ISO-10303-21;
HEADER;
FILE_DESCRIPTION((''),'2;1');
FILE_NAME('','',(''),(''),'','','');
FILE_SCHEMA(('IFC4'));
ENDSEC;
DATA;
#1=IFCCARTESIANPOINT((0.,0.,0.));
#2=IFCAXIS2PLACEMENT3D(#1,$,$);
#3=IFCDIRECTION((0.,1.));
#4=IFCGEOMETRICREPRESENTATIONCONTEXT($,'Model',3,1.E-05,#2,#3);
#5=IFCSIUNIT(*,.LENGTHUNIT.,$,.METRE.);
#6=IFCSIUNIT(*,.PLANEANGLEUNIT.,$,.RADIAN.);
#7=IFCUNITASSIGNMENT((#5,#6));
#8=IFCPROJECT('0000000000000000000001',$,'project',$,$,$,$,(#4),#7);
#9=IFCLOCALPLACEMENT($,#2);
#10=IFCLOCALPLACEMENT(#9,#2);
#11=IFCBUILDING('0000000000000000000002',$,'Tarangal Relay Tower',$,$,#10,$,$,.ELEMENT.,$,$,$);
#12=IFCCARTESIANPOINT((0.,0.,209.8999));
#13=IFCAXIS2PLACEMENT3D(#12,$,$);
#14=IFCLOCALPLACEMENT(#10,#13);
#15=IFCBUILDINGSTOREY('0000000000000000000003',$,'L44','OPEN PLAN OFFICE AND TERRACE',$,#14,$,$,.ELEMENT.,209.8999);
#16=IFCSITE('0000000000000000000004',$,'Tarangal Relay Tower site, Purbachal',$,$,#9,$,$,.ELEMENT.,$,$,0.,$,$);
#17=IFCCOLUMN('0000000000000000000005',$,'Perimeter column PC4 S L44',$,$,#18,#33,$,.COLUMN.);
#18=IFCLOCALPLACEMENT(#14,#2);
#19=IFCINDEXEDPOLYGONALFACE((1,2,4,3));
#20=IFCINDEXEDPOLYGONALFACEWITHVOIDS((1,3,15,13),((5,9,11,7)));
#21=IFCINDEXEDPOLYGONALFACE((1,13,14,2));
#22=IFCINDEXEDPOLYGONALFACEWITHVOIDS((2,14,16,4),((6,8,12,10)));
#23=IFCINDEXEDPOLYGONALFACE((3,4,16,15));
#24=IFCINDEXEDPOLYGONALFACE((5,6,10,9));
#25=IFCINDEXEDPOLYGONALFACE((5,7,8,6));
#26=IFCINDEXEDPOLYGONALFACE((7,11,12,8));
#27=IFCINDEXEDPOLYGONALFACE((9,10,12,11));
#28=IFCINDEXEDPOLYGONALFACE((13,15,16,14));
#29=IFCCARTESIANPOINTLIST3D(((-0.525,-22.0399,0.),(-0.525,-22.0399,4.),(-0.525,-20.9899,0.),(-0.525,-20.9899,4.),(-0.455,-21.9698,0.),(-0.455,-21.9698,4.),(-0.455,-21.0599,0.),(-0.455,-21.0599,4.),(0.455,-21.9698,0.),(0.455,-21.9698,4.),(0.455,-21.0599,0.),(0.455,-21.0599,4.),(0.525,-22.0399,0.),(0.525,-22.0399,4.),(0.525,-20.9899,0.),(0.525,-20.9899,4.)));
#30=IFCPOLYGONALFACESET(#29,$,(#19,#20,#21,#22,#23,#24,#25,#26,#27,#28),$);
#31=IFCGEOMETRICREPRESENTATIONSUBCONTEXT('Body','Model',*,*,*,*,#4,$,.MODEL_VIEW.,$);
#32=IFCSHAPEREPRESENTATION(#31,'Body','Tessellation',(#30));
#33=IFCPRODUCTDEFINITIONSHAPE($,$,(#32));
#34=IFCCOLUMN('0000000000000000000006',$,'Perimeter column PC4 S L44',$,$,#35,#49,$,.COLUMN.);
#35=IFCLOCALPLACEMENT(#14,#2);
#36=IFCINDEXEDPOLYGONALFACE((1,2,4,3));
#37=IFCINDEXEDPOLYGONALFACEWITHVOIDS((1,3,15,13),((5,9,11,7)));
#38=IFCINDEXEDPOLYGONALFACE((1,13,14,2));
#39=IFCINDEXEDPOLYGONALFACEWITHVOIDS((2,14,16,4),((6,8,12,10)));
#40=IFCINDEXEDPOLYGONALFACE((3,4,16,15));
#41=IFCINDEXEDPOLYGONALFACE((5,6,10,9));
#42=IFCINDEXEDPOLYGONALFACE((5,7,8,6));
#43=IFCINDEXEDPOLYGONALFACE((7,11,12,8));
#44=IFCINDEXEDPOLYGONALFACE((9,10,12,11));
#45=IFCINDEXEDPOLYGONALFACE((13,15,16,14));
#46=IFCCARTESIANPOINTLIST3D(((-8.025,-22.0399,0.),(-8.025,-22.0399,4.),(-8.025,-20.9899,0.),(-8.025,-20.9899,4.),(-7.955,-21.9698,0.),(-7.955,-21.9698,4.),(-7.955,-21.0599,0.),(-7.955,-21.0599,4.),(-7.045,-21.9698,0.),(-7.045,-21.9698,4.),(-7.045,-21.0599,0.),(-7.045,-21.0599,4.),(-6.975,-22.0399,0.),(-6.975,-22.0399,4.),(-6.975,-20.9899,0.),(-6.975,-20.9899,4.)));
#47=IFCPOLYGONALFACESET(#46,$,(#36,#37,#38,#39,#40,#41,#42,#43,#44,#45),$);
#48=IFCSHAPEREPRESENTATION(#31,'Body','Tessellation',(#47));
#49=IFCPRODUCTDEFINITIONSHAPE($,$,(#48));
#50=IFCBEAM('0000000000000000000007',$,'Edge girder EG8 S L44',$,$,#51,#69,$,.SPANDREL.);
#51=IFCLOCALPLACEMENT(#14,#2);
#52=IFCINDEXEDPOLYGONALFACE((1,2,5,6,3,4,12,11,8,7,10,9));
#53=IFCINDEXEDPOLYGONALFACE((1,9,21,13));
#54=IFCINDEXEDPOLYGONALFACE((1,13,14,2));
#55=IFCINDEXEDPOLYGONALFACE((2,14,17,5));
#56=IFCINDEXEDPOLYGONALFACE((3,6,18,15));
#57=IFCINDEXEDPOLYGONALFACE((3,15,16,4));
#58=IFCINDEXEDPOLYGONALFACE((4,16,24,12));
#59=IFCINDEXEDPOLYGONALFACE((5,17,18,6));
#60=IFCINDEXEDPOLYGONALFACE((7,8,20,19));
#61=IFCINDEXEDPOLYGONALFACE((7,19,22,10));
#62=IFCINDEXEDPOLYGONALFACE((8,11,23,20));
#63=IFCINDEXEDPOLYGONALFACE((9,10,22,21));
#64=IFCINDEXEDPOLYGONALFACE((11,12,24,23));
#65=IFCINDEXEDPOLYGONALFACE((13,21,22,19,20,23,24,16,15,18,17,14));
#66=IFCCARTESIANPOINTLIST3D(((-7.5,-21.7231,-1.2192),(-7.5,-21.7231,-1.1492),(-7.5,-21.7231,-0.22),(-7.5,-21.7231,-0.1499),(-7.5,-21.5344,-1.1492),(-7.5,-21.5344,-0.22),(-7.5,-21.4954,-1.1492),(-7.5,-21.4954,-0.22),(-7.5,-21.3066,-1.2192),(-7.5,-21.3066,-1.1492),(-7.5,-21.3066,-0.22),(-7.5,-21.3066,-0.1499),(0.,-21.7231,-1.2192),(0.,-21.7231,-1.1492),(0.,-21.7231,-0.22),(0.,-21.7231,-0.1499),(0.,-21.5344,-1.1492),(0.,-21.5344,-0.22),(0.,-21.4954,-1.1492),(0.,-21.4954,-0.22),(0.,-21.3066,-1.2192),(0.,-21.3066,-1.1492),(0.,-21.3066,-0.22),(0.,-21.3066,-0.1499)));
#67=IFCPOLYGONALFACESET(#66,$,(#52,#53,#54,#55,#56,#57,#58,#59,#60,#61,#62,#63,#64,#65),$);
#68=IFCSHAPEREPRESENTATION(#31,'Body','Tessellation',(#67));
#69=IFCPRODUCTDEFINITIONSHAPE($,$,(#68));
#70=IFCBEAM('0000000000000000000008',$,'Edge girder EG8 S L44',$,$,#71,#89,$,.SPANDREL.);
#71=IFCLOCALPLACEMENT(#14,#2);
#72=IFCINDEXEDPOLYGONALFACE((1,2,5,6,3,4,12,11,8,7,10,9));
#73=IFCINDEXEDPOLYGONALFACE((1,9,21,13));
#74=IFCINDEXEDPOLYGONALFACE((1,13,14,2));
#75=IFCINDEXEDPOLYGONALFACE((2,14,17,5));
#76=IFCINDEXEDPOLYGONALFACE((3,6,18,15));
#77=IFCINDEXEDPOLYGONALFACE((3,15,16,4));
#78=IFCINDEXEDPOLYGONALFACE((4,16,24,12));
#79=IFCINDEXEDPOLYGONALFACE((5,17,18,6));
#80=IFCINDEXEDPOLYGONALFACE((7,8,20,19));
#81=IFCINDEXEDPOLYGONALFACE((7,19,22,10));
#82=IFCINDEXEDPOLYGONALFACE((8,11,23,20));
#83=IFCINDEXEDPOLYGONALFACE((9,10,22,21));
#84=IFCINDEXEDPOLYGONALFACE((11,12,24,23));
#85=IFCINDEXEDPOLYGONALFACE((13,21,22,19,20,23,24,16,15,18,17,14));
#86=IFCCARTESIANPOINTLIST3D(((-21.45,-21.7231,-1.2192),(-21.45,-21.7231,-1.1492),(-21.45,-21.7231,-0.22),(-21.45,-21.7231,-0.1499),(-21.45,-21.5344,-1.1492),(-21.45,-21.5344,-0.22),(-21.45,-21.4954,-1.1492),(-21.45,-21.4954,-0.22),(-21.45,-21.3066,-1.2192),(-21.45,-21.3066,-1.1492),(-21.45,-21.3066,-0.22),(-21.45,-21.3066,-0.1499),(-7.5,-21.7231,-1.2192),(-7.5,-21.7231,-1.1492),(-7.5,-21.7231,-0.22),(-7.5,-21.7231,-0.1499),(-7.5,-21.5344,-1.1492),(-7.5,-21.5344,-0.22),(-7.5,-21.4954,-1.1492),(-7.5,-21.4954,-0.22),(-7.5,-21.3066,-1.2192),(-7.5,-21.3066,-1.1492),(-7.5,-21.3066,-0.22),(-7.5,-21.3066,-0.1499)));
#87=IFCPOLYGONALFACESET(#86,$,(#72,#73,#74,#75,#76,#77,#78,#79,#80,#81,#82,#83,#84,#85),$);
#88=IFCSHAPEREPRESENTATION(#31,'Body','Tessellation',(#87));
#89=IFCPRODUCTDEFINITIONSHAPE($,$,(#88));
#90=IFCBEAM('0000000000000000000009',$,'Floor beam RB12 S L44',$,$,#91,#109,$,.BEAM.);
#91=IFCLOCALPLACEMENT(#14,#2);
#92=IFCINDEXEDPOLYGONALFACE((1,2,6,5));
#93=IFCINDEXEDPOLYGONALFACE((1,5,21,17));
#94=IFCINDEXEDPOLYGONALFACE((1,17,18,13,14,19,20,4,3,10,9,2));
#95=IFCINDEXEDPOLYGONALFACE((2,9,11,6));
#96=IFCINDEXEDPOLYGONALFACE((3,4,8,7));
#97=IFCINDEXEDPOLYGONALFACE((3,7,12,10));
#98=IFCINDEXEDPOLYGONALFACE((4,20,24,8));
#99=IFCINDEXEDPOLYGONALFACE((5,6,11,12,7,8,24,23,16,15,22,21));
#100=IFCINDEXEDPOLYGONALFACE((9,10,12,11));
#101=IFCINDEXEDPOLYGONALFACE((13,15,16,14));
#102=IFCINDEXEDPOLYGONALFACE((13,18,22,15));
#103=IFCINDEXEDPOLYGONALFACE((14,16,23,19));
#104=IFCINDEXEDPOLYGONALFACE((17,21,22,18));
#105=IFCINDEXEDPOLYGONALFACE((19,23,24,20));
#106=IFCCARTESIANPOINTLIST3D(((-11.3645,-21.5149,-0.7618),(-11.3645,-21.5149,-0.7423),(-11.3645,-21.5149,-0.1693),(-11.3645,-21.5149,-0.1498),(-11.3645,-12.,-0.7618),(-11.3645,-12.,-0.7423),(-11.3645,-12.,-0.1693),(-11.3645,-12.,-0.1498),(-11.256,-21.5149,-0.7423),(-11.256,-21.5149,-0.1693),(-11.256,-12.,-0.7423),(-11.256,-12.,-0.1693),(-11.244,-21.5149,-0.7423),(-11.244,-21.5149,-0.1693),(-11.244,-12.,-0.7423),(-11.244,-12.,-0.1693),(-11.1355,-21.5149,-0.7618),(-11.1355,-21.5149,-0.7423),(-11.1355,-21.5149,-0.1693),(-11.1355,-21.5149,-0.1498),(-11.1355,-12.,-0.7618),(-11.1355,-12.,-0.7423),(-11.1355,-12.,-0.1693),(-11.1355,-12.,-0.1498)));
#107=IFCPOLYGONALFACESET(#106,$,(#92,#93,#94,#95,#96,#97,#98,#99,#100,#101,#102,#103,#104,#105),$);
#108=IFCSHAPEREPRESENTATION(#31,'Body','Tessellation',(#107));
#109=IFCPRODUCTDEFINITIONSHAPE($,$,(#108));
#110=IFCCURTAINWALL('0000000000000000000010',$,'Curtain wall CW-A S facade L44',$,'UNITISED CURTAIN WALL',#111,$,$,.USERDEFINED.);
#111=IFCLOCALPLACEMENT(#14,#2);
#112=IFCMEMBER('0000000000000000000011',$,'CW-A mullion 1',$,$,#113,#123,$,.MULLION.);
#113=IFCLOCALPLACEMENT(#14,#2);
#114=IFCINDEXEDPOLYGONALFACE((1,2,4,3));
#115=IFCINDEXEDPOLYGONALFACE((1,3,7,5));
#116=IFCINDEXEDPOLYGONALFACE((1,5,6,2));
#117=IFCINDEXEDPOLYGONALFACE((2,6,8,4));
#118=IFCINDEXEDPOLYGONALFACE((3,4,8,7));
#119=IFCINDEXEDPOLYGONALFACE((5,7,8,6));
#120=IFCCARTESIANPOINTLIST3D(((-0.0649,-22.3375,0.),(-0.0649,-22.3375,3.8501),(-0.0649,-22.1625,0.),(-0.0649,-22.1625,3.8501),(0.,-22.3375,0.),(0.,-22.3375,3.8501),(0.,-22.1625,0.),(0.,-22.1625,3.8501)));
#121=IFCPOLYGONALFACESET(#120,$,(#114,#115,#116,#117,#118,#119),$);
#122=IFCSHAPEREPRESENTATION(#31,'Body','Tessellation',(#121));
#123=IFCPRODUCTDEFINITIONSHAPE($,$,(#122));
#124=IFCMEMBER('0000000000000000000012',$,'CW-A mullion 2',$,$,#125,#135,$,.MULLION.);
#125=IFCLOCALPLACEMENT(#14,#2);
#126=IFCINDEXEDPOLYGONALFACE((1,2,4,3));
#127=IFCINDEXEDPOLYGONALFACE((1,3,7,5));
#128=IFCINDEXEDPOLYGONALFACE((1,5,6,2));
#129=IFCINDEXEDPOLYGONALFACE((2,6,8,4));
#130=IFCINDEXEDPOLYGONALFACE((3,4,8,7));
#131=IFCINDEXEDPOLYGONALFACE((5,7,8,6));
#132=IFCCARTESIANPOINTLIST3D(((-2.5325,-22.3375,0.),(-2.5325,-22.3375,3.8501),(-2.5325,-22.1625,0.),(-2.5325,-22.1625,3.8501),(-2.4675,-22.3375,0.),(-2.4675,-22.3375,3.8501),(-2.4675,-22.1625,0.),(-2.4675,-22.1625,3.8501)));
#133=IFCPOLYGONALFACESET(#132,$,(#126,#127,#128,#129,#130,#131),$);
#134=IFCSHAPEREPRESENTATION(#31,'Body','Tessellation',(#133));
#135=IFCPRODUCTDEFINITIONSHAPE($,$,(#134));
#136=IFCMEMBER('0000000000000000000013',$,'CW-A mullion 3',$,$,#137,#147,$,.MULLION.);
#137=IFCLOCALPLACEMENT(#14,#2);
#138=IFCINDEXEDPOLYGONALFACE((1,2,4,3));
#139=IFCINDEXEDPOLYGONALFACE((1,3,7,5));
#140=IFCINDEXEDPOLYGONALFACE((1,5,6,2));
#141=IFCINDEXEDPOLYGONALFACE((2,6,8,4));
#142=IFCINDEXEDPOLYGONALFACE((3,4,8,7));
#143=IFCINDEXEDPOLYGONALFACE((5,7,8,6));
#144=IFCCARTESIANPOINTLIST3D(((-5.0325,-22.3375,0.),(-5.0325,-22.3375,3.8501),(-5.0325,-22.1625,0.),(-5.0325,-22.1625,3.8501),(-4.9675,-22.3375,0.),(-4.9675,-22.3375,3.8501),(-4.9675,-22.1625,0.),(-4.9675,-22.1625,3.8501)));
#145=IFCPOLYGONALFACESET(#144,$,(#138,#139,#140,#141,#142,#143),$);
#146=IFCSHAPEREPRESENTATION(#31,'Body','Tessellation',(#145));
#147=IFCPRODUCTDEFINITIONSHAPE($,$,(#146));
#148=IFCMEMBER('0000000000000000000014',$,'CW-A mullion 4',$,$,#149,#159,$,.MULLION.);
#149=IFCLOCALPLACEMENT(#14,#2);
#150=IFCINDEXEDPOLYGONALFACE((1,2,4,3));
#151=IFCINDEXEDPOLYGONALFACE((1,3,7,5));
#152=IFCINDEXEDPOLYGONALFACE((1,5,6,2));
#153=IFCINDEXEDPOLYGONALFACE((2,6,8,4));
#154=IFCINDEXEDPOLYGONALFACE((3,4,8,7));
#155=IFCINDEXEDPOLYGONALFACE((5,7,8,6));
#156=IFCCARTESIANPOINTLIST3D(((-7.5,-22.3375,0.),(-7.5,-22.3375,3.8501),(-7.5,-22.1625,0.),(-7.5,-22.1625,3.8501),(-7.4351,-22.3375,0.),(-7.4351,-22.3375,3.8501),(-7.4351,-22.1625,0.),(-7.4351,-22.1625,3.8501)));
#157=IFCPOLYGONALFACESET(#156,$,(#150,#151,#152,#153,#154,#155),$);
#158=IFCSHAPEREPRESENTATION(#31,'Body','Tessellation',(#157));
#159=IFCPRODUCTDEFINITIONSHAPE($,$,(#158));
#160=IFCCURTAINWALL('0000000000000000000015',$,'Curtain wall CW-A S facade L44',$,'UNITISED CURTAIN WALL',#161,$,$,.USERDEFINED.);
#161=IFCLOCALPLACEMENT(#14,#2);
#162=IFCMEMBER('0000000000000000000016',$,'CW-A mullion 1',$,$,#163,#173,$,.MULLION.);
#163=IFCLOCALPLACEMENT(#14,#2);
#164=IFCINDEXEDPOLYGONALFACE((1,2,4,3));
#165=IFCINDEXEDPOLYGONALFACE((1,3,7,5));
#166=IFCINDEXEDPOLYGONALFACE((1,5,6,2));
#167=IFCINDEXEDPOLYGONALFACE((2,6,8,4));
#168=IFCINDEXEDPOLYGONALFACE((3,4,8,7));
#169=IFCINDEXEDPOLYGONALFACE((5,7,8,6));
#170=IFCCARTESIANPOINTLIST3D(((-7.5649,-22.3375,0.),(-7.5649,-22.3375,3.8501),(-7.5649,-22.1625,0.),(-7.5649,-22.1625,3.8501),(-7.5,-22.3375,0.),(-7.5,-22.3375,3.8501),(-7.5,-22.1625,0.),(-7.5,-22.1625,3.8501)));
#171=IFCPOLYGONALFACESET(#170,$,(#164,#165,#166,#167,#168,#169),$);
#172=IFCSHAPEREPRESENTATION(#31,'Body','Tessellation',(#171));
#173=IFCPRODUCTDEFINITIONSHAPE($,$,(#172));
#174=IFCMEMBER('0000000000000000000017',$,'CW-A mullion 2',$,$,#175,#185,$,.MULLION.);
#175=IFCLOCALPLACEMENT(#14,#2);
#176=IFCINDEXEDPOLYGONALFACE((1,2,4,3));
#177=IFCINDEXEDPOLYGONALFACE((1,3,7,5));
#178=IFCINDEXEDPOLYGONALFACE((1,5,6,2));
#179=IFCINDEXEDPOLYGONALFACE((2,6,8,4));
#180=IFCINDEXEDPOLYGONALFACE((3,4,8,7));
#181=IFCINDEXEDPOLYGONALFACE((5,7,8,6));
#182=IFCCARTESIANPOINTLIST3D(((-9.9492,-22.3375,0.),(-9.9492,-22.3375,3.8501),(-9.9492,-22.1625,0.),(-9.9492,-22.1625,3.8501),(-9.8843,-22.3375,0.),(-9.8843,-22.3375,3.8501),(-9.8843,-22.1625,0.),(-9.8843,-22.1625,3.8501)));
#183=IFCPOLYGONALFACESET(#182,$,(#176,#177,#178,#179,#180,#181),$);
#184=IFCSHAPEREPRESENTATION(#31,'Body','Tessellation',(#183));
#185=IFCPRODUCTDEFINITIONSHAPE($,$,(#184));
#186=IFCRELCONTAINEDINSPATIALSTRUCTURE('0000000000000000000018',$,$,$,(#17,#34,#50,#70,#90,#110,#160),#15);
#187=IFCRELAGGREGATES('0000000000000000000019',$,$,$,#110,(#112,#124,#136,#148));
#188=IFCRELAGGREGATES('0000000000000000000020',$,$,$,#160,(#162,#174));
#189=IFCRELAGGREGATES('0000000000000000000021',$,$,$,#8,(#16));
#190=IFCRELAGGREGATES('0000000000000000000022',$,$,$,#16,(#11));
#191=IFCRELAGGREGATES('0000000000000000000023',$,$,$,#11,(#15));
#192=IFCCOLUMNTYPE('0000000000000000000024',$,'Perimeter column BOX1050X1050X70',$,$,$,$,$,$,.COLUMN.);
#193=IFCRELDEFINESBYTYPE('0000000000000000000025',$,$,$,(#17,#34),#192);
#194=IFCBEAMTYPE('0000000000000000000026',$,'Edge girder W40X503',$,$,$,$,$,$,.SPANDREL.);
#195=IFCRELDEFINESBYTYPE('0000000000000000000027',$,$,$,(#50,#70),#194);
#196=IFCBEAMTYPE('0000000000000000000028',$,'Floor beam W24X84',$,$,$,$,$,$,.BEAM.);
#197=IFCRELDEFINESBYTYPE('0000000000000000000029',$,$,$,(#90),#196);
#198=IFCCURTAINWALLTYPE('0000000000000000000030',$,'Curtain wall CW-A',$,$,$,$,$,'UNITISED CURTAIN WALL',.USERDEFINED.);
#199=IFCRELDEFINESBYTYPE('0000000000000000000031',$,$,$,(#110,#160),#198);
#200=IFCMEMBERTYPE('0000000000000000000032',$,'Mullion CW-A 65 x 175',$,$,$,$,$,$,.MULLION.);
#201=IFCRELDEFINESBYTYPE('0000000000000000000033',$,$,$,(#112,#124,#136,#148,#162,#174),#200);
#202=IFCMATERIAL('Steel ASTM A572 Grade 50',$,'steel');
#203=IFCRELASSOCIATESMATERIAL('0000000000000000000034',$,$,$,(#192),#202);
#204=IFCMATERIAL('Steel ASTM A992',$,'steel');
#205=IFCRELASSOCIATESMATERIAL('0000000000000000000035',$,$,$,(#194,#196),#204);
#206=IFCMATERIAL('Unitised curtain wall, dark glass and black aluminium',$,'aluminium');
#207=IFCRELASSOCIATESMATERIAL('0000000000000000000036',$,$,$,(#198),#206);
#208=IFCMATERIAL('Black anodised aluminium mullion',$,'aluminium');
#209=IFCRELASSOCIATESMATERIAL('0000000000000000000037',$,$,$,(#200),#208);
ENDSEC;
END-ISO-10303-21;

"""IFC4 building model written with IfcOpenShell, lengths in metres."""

from ifc_helpers import new_model, si_unit, direction, frame, origin, origin_2d, place, context, subcontext, project, spatial, rectangle, hollow_rectangle, i_section, extrude, material, material_profile, profile_set, type_object, element, aggregate, save


model = new_model("IFC4")

# Units and contexts
model_context = context("Model", 3, precision=1e-05, world=origin(), true_north=direction((0.0, 1.0)))
body_context = subcontext(model_context, "Body", "Model", "MODEL_VIEW")
ifc_project = project(units=[si_unit("LENGTHUNIT", "METRE"), si_unit("PLANEANGLEUNIT", "RADIAN")], contexts=[model_context])

# Site, building, storey
site_placement = place(None, origin())
site = spatial("IfcSite", under=ifc_project, at=site_placement, Name="Tarangal Relay Tower site, Purbachal", CompositionType="ELEMENT", RefElevation=0.0)
building_placement = place(site_placement, origin())
building = spatial("IfcBuilding", under=site, at=building_placement, Name="Tarangal Relay Tower", CompositionType="ELEMENT")
storey_placement = place(building_placement, frame((0.0, 0.0, 209.8999)))
storey = spatial("IfcBuildingStorey", under=building, at=storey_placement, Name="L44", Description="OPEN PLAN OFFICE AND TERRACE", CompositionType="ELEMENT", Elevation=209.8999)

# Columns
ifc_material_1 = material(Name="Steel ASTM A572 Grade 50", Category="steel")
ifc_material_profile_1 = material_profile(ifc_material_1, hollow_rectangle(XDim=1.05, YDim=1.05, WallThickness=0.0701, at=origin_2d()), Name="BOX1050X1050X70")
ifc_profile_set_1 = profile_set([ifc_material_profile_1], Name="Steel ASTM A572 Grade 50")
column_type = type_object("IfcColumnType", Name="Perimeter column BOX1050X1050X70", PredefinedType="COLUMN", material=ifc_profile_set_1)
for number, where, z_axis, x_axis, name in (
    (1, (0.0, -21.5149, 0.0), (0.0, 0.0, 1.0), (1.0, 0.0, 0.0), "Perimeter column PC4 S L44"),
    (2, (-7.5, -21.5149, 0.0), (0.0, 0.0, 1.0), (1.0, 0.0, 0.0), "Perimeter column PC4 S L44"),
):
    element("IfcColumn", number, at=place(storey_placement, frame(where, z_axis=z_axis, x_axis=x_axis)), inside=storey, type_object=column_type, Name=name, PredefinedType="COLUMN", context=body_context, shape_type="SweptSolid", body=[
        extrude(hollow_rectangle(XDim=1.05, YDim=1.05, WallThickness=0.0701, at=origin_2d()), origin(), (0.0, 0.0, 1.0), 4.0),
    ])

# Beams
ifc_material_2 = material(Name="Steel ASTM A992", Category="steel")
ifc_material_profile_2 = material_profile(ifc_material_2, i_section(OverallWidth=0.4165, OverallDepth=1.0693, WebThickness=0.0391, FlangeThickness=0.0701, at=origin_2d()), Name="W40X503")
ifc_profile_set_2 = profile_set([ifc_material_profile_2], Name="Steel ASTM A992")
beam_type_1 = type_object("IfcBeamType", Name="Edge girder W40X503", PredefinedType="SPANDREL", material=ifc_profile_set_2)
beam_1_placement = place(storey_placement, frame((0.0, -21.5149, -0.6846), z_axis=(-1.0, 0.0, 0.0), x_axis=(0.0, -1.0, 0.0)))
element("IfcBeam", 3, at=beam_1_placement, inside=storey, type_object=beam_type_1, Name="Edge girder EG8 S L44", PredefinedType="SPANDREL", context=body_context, shape_type="SweptSolid", body=[
    extrude(i_section(OverallWidth=0.4165, OverallDepth=1.0693, WebThickness=0.0391, FlangeThickness=0.0701, at=origin_2d()), origin(), (0.0, 0.0, 1.0), 7.5),
])
beam_2_placement = place(storey_placement, frame((-7.5, -21.5149, -0.6846), z_axis=(-1.0, 0.0, 0.0), x_axis=(0.0, -1.0, 0.0)))
element("IfcBeam", 4, at=beam_2_placement, inside=storey, type_object=beam_type_1, Name="Edge girder EG8 S L44", PredefinedType="SPANDREL", context=body_context, shape_type="SweptSolid", body=[
    extrude(i_section(OverallWidth=0.4165, OverallDepth=1.0693, WebThickness=0.0391, FlangeThickness=0.0701, at=origin_2d()), origin(), (0.0, 0.0, 1.0), 13.95),
])
ifc_material_profile_3 = material_profile(ifc_material_2, i_section(OverallWidth=0.229, OverallDepth=0.6121, WebThickness=0.012, FlangeThickness=0.0195, at=origin_2d()), Name="W24X84")
ifc_profile_set_3 = profile_set([ifc_material_profile_3], Name="Steel ASTM A992")
beam_type_2 = type_object("IfcBeamType", Name="Floor beam W24X84", PredefinedType="BEAM", material=ifc_profile_set_3)
beam_3_placement = place(storey_placement, frame((-11.25, -12.0, -0.4558), z_axis=(0.0, -1.0, 0.0), x_axis=(1.0, 0.0, 0.0)))
element("IfcBeam", 5, at=beam_3_placement, inside=storey, type_object=beam_type_2, Name="Floor beam RB12 S L44", PredefinedType="BEAM", context=body_context, shape_type="SweptSolid", body=[
    extrude(i_section(OverallWidth=0.229, OverallDepth=0.6121, WebThickness=0.012, FlangeThickness=0.0195, at=origin_2d()), origin(), (0.0, 0.0, 1.0), 9.5149),
])

# Curtain walls, members
ifc_material_3 = material(Name="Unitised curtain wall, dark glass and black aluminium", Category="aluminium")
curtain_wall_type = type_object("IfcCurtainWallType", Name="Curtain wall CW-A", ElementType="UNITISED CURTAIN WALL", PredefinedType="USERDEFINED", material=ifc_material_3)
curtain_wall_1_placement = place(storey_placement, origin())
curtain_wall_1 = element("IfcCurtainWall", 6, at=curtain_wall_1_placement, inside=storey, type_object=curtain_wall_type, Name="Curtain wall CW-A S facade L44", ObjectType="UNITISED CURTAIN WALL", PredefinedType="USERDEFINED")
ifc_material_4 = material(Name="Black anodised aluminium mullion", Category="aluminium")
ifc_material_profile_4 = material_profile(ifc_material_4, rectangle(XDim=0.175, YDim=0.0649, at=origin_2d()), Name="CW-AM 65X175")
ifc_profile_set_4 = profile_set([ifc_material_profile_4], Name="Black anodised aluminium mullion")
member_type_1 = type_object("IfcMemberType", Name="Mullion CW-A 65 x 175", PredefinedType="MULLION", material=ifc_profile_set_4)
member_1_placement = place(storey_placement, frame((-0.0325, -22.25, 0.0), z_axis=(0.0, 0.0, 1.0), x_axis=(0.0, -1.0, 0.0)))
member_1 = element("IfcMember", 7, at=member_1_placement, type_object=member_type_1, Name="CW-A mullion 1", PredefinedType="MULLION", context=body_context, shape_type="SweptSolid", body=[
    extrude(rectangle(XDim=0.175, YDim=0.0649, at=origin_2d()), origin(), (0.0, 0.0, 1.0), 3.8501),
])
member_2_placement = place(storey_placement, frame((-2.5, -22.25, 0.0), z_axis=(0.0, 0.0, 1.0), x_axis=(0.0, -1.0, 0.0)))
member_2 = element("IfcMember", 8, at=member_2_placement, type_object=member_type_1, Name="CW-A mullion 2", PredefinedType="MULLION", context=body_context, shape_type="SweptSolid", body=[
    extrude(rectangle(XDim=0.175, YDim=0.0649, at=origin_2d()), origin(), (0.0, 0.0, 1.0), 3.8501),
])
member_3_placement = place(storey_placement, frame((-5.0, -22.25, 0.0), z_axis=(0.0, 0.0, 1.0), x_axis=(0.0, -1.0, 0.0)))
member_3 = element("IfcMember", 9, at=member_3_placement, type_object=member_type_1, Name="CW-A mullion 3", PredefinedType="MULLION", context=body_context, shape_type="SweptSolid", body=[
    extrude(rectangle(XDim=0.175, YDim=0.0649, at=origin_2d()), origin(), (0.0, 0.0, 1.0), 3.8501),
])
member_4_placement = place(storey_placement, frame((-7.4675, -22.25, 0.0), z_axis=(0.0, 0.0, 1.0), x_axis=(0.0, -1.0, 0.0)))
member_4 = element("IfcMember", 10, at=member_4_placement, type_object=member_type_1, Name="CW-A mullion 4", PredefinedType="MULLION", context=body_context, shape_type="SweptSolid", body=[
    extrude(rectangle(XDim=0.175, YDim=0.0649, at=origin_2d()), origin(), (0.0, 0.0, 1.0), 3.8501),
])
curtain_wall_2_placement = place(storey_placement, origin())
curtain_wall_2 = element("IfcCurtainWall", 11, at=curtain_wall_2_placement, inside=storey, type_object=curtain_wall_type, Name="Curtain wall CW-A S facade L44", ObjectType="UNITISED CURTAIN WALL", PredefinedType="USERDEFINED")
member_5_placement = place(storey_placement, frame((-7.5325, -22.25, 0.0), z_axis=(0.0, 0.0, 1.0), x_axis=(0.0, -1.0, 0.0)))
member_5 = element("IfcMember", 12, at=member_5_placement, type_object=member_type_1, Name="CW-A mullion 1", PredefinedType="MULLION", context=body_context, shape_type="SweptSolid", body=[
    extrude(rectangle(XDim=0.175, YDim=0.0649, at=origin_2d()), origin(), (0.0, 0.0, 1.0), 3.8501),
])
member_6_placement = place(storey_placement, frame((-9.9167, -22.25, 0.0), z_axis=(0.0, 0.0, 1.0), x_axis=(0.0, -1.0, 0.0)))
member_6 = element("IfcMember", 13, at=member_6_placement, type_object=member_type_1, Name="CW-A mullion 2", PredefinedType="MULLION", context=body_context, shape_type="SweptSolid", body=[
    extrude(rectangle(XDim=0.175, YDim=0.0649, at=origin_2d()), origin(), (0.0, 0.0, 1.0), 3.8501),
])

aggregate(curtain_wall_1, [member_1, member_2, member_3, member_4])
aggregate(curtain_wall_2, [member_5, member_6])

save(model, "model.ifc")
